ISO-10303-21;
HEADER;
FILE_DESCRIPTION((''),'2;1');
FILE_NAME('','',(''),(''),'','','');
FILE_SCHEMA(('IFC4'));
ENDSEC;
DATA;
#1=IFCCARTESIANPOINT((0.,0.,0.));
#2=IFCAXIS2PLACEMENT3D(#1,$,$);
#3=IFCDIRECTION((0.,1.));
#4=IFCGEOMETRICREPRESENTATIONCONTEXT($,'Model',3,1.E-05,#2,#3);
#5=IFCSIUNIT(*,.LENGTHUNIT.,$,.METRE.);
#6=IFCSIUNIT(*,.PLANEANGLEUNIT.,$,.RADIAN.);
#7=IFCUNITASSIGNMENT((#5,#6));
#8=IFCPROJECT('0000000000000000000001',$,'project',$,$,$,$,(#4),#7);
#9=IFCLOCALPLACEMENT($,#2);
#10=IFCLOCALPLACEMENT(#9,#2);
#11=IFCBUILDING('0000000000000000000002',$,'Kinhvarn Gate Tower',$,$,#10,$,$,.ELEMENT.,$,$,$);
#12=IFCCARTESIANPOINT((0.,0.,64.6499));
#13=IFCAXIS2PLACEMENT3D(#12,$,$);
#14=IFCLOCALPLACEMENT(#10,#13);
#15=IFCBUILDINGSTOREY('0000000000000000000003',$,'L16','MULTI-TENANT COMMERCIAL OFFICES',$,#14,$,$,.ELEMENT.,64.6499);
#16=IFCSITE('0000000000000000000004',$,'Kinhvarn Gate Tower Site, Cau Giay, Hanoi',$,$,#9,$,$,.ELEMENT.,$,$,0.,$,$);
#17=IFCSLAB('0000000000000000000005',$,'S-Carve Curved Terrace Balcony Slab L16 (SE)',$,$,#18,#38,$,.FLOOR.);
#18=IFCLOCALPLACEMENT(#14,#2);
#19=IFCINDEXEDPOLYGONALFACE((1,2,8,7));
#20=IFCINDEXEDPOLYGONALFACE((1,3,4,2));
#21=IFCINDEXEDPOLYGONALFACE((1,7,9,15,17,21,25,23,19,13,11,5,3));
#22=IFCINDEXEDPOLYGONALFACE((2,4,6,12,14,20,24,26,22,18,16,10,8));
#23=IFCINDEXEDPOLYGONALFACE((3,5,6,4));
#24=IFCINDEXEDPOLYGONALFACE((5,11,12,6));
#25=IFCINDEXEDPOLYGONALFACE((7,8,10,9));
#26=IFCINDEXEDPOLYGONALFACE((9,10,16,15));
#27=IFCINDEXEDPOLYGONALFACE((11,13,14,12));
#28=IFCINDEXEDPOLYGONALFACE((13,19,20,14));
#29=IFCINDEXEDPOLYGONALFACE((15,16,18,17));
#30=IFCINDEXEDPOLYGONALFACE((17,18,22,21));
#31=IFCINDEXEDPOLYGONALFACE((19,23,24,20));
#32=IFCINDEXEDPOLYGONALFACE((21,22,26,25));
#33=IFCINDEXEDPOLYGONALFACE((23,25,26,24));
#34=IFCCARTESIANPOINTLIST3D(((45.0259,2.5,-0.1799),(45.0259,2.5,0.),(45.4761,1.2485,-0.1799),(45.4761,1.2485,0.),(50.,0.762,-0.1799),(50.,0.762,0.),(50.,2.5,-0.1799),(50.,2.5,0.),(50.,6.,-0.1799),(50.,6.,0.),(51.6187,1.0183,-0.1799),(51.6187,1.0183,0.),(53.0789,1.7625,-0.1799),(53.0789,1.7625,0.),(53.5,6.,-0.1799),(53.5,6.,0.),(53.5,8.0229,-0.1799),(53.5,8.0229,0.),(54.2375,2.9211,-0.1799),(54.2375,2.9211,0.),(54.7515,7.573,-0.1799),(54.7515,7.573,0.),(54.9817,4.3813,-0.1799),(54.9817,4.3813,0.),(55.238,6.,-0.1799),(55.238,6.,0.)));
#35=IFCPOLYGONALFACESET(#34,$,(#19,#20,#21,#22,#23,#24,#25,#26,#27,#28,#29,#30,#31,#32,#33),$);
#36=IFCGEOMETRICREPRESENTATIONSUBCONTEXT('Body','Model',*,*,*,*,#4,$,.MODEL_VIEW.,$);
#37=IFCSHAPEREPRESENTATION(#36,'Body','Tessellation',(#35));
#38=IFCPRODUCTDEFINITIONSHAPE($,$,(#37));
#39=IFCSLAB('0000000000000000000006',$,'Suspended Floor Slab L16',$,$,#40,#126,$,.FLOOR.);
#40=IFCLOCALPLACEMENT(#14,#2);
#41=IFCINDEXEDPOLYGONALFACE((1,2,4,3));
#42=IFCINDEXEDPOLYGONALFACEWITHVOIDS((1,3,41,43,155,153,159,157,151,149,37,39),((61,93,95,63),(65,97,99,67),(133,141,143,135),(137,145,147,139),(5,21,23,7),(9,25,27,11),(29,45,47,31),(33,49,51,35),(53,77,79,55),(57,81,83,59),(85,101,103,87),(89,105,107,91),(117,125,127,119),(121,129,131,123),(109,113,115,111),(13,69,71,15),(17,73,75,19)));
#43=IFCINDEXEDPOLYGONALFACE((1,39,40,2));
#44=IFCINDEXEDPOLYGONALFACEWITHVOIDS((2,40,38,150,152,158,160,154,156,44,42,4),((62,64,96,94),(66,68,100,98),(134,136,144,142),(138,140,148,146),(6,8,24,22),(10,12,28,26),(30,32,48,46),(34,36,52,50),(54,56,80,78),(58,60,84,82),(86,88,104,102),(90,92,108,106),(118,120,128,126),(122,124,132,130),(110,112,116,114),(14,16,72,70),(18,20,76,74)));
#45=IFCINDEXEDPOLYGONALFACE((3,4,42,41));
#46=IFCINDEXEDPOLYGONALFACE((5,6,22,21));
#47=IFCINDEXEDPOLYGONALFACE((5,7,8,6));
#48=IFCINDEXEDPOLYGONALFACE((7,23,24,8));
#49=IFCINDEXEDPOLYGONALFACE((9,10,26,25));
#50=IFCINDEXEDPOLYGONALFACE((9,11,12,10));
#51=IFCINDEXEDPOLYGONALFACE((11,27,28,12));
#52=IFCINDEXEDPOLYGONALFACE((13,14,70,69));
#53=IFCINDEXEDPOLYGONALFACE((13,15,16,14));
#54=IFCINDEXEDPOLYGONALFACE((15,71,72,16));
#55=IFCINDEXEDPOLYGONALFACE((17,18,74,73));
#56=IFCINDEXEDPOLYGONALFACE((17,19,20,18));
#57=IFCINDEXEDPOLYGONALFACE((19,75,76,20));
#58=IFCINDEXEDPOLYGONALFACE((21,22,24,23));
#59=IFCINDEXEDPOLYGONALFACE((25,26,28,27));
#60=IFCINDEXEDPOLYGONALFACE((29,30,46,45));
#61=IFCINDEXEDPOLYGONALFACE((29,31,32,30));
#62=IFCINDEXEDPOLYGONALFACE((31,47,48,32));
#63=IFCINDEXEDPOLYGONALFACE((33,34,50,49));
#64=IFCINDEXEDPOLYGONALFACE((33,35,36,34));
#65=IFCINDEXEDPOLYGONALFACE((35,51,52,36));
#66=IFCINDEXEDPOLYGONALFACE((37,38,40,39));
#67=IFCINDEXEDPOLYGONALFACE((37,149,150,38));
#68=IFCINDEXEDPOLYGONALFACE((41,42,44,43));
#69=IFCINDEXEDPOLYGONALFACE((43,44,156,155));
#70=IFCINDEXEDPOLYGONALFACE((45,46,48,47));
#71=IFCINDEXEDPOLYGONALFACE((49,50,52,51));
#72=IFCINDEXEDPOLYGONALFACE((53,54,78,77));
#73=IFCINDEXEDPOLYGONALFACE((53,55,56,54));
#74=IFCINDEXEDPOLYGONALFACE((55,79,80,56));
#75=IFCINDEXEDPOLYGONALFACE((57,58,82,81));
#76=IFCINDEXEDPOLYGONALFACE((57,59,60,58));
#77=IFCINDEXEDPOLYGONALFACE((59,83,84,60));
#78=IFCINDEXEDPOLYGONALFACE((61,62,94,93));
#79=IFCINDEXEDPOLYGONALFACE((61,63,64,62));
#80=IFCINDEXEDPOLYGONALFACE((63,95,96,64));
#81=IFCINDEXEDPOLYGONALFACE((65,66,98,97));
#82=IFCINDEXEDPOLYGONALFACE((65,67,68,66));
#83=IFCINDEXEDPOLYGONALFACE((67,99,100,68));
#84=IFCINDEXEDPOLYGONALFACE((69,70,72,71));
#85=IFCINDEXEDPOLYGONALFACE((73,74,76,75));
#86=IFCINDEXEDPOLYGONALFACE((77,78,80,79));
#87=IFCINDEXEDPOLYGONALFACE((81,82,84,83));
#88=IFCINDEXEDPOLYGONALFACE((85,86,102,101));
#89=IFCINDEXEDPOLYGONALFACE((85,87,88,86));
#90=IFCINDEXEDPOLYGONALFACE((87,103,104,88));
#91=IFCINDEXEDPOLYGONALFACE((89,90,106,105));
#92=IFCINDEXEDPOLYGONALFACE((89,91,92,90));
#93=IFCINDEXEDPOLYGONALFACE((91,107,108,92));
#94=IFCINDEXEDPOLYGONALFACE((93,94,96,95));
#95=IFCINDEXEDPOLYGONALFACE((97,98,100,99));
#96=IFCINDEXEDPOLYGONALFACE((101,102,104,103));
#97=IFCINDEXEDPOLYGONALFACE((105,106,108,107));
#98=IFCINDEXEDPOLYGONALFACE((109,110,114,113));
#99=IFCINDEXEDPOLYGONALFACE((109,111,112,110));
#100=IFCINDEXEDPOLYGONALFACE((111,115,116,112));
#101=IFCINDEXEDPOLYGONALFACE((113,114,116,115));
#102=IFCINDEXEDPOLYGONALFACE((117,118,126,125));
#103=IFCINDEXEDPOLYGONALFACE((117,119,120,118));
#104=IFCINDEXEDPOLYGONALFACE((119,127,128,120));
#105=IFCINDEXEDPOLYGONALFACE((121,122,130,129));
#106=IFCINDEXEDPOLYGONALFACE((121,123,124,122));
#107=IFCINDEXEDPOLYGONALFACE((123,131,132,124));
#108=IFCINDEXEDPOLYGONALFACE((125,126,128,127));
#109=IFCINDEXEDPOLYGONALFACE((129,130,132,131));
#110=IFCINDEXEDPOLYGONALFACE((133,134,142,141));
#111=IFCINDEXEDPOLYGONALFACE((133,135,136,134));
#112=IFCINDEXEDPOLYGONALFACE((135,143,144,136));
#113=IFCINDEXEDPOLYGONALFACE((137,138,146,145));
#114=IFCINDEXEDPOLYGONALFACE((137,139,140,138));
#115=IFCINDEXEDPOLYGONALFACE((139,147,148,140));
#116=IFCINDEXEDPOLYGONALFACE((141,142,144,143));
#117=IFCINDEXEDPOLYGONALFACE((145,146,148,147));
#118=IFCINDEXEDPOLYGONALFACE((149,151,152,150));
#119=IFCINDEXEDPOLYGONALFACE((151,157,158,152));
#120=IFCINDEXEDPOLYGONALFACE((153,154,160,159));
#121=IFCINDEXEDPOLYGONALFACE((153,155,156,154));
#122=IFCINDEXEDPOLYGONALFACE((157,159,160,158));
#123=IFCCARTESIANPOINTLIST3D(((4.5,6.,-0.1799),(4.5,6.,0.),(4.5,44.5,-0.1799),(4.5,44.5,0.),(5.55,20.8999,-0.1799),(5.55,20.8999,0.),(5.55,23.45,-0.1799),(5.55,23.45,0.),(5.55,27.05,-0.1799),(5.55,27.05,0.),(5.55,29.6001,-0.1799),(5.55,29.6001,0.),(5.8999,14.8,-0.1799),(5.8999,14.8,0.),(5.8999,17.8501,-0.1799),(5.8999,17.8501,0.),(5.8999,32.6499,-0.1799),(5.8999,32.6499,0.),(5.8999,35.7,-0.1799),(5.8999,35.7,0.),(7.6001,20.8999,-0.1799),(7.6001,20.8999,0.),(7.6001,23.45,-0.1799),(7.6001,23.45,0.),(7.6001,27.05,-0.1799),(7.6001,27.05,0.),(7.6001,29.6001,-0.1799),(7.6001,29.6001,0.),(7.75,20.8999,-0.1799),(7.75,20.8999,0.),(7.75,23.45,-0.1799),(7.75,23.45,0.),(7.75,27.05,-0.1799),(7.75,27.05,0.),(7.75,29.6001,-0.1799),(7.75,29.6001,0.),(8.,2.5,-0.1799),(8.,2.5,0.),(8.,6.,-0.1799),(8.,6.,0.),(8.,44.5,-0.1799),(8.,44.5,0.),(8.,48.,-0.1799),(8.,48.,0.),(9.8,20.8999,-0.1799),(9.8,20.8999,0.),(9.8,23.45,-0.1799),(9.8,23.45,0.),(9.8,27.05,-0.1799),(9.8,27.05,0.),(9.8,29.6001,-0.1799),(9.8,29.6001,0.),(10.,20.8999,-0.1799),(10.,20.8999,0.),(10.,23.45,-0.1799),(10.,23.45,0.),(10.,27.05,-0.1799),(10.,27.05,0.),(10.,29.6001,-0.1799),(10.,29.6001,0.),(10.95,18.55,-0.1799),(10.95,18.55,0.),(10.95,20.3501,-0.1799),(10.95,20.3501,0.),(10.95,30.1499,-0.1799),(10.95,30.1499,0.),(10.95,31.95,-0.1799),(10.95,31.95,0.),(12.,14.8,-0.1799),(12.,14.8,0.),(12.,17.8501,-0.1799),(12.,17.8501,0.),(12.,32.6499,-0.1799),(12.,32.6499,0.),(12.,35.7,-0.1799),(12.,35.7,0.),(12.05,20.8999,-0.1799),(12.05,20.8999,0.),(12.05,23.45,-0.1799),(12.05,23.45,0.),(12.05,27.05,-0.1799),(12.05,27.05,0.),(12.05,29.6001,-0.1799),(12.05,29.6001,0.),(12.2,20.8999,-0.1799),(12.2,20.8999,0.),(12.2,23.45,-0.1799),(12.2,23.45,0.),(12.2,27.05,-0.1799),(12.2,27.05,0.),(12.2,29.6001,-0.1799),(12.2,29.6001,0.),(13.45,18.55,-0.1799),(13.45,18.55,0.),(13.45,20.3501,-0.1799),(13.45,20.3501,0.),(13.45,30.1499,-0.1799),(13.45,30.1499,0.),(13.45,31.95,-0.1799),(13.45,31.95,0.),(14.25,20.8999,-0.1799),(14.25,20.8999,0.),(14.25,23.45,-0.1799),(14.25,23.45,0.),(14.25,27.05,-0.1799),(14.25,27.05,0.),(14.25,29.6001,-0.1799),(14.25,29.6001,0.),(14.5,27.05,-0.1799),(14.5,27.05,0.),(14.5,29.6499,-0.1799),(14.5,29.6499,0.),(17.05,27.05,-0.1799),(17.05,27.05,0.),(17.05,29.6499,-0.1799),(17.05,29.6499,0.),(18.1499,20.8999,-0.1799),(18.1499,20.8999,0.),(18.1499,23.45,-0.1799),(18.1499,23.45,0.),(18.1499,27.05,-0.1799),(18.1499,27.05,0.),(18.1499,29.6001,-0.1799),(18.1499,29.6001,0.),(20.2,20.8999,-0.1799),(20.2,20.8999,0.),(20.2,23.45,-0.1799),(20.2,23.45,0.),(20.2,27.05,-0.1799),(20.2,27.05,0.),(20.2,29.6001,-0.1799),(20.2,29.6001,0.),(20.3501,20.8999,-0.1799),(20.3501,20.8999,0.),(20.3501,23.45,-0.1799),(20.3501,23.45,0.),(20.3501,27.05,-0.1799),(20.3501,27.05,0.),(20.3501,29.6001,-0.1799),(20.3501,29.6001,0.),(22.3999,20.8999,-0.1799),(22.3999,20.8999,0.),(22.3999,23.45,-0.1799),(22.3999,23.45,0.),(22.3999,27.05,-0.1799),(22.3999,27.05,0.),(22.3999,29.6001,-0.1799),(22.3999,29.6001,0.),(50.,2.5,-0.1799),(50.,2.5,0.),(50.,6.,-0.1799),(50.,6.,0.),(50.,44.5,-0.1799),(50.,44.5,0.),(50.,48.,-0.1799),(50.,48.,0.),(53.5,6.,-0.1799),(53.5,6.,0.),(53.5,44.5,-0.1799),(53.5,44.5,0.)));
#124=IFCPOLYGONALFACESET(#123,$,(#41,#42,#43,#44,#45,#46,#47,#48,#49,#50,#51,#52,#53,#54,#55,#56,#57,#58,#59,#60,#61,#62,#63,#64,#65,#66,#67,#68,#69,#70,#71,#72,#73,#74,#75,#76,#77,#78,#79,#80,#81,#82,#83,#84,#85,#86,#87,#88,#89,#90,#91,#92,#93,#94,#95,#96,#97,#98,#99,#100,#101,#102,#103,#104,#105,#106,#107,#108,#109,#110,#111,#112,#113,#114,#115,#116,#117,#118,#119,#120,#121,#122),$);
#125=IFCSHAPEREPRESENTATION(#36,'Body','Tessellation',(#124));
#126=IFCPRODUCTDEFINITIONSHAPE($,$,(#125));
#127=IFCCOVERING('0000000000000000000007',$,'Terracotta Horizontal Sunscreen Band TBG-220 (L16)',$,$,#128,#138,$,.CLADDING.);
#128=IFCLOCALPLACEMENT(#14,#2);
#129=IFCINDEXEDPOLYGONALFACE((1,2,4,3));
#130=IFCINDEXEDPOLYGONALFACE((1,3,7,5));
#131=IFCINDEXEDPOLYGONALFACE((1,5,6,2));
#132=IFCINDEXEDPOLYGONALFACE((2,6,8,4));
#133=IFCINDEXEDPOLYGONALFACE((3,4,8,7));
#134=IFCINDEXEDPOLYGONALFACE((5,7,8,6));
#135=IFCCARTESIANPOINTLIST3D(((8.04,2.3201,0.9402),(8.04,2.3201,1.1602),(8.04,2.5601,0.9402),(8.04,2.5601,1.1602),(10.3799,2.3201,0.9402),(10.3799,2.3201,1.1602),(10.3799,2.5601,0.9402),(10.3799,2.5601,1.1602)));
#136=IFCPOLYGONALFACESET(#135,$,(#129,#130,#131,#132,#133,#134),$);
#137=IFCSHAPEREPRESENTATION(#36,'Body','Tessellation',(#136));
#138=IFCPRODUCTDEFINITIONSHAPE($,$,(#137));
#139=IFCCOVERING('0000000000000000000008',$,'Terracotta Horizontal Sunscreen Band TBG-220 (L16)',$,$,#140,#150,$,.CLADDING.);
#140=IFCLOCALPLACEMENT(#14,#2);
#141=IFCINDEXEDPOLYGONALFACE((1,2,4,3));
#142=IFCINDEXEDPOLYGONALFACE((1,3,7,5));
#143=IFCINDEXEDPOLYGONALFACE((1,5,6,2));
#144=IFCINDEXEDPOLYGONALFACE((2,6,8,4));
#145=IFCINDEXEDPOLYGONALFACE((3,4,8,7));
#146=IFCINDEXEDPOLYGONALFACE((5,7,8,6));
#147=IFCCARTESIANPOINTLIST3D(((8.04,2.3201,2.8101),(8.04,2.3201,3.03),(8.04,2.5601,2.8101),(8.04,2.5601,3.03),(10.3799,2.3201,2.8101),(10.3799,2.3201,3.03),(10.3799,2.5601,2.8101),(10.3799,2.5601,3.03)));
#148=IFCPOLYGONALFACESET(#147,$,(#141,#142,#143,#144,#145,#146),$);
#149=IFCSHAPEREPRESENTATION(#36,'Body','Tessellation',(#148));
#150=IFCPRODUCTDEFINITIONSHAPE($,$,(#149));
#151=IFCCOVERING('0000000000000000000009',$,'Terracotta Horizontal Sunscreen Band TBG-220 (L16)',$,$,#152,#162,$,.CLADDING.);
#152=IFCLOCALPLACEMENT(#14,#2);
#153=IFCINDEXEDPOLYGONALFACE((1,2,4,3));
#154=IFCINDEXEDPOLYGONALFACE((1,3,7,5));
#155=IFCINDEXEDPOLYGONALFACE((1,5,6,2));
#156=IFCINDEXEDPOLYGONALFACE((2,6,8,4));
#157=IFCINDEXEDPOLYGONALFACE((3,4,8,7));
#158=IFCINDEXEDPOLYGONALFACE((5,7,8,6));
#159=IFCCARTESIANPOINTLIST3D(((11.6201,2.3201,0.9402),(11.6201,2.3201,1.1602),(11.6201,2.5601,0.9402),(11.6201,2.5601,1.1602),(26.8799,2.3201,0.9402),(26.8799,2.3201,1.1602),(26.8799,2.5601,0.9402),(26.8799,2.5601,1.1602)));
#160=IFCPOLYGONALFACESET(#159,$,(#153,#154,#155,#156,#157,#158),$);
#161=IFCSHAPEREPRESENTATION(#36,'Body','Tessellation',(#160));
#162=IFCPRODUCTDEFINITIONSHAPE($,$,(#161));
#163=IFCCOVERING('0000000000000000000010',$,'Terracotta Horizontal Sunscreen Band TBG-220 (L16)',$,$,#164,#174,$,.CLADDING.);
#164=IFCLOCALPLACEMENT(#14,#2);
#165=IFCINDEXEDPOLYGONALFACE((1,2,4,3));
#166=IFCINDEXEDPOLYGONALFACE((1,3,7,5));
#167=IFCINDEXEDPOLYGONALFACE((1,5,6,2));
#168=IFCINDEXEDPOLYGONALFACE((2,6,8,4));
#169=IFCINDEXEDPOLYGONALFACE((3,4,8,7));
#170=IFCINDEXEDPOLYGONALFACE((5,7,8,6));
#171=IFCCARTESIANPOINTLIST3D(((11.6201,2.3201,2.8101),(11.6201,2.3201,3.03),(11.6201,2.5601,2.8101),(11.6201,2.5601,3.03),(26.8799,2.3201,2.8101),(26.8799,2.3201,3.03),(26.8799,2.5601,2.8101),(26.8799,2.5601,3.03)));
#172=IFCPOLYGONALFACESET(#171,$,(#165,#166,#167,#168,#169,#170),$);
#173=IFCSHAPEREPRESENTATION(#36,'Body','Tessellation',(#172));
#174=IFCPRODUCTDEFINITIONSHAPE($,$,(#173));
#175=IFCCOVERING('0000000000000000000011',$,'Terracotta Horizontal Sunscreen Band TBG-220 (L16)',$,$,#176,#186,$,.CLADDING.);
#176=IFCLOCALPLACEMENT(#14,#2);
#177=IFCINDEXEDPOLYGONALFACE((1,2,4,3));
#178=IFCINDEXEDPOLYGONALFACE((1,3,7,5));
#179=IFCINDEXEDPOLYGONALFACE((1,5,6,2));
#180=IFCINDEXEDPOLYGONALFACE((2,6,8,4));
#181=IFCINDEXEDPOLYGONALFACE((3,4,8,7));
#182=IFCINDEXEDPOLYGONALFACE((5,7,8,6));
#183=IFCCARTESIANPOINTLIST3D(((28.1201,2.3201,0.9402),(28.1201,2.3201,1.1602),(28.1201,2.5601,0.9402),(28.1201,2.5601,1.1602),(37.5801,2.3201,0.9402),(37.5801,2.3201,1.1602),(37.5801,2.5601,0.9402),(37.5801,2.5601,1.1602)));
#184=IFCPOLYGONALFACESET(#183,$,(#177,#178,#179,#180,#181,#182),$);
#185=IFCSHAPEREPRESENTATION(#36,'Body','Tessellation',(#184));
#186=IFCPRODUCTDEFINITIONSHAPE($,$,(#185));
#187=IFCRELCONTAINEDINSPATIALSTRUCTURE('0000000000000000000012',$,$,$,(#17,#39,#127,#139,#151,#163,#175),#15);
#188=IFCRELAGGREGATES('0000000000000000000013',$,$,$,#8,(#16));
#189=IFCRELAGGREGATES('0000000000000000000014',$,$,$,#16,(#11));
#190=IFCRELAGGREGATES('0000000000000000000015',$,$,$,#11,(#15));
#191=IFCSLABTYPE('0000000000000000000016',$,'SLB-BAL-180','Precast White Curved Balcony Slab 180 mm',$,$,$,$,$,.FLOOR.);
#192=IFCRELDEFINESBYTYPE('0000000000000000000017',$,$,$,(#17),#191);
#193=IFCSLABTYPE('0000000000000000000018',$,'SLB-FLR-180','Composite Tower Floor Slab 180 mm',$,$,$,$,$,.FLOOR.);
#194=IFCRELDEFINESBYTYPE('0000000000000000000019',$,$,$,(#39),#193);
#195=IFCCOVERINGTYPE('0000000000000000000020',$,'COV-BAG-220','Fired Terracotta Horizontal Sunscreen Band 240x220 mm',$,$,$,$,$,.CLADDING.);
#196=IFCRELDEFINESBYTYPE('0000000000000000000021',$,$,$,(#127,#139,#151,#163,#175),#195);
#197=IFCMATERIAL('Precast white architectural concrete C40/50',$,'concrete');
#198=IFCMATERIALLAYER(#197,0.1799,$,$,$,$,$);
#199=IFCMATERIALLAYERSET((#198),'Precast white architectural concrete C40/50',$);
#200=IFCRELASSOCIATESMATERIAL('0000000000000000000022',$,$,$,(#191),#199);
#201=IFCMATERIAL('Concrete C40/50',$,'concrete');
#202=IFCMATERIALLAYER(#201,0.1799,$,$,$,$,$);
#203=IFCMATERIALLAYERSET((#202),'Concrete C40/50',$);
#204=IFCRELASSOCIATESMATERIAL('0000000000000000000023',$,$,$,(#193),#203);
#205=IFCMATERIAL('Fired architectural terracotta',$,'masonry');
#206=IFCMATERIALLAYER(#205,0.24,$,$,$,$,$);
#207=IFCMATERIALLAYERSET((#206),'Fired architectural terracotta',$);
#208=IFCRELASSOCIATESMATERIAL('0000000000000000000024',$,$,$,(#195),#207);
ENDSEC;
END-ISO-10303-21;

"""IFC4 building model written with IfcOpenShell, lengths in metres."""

from ifc_helpers import new_model, si_unit, direction, frame, origin, place, context, subcontext, project, spatial, polyline, outline, extrude, material, layer, layer_set, type_object, element, save


model = new_model("IFC4")

# Units and contexts
model_context = context("Model", 3, precision=1e-05, world=origin(), true_north=direction((0.0, 1.0)))
body_context = subcontext(model_context, "Body", "Model", "MODEL_VIEW")
ifc_project = project(units=[si_unit("LENGTHUNIT", "METRE"), si_unit("PLANEANGLEUNIT", "RADIAN")], contexts=[model_context])

# Site, building, storey
site_placement = place(None, origin())
site = spatial("IfcSite", under=ifc_project, at=site_placement, Name="Kinhvarn Gate Tower Site, Cau Giay, Hanoi", CompositionType="ELEMENT", RefElevation=0.0)
building_placement = place(site_placement, origin())
building = spatial("IfcBuilding", under=site, at=building_placement, Name="Kinhvarn Gate Tower", CompositionType="ELEMENT")
storey_placement = place(building_placement, frame((0.0, 0.0, 64.6499)))
storey = spatial("IfcBuildingStorey", under=building, at=storey_placement, Name="L16", Description="MULTI-TENANT COMMERCIAL OFFICES", CompositionType="ELEMENT", Elevation=64.6499)

# Slabs
ifc_material_1 = material(Name="Precast white architectural concrete C40/50", Category="concrete")
ifc_layer_1 = layer(ifc_material_1, 0.1799)
ifc_layer_set_1 = layer_set([ifc_layer_1], Name="Precast white architectural concrete C40/50")
slab_type_1 = type_object("IfcSlabType", Name="SLB-BAL-180", Description="Precast White Curved Balcony Slab 180 mm", PredefinedType="FLOOR", material=ifc_layer_set_1)
slab_1_placement = place(storey_placement, frame((0.0, 0.0, -0.1799)))
element("IfcSlab", 1, at=slab_1_placement, inside=storey, type_object=slab_type_1, Name="S-Carve Curved Terrace Balcony Slab L16 (SE)", PredefinedType="FLOOR", context=body_context, shape_type="SweptSolid", body=[
    extrude(outline(polyline([(45.0259, 2.5), (45.4761, 1.2485), (50.0, 0.762), (51.6187, 1.0183), (53.0789, 1.7625), (54.2375, 2.9211), (54.9817, 4.3813), (55.238, 6.0), (54.7515, 7.573), (53.5, 8.0229), (53.5, 6.0), (50.0, 6.0), (50.0, 2.5), (45.0259, 2.5)])), origin(), (0.0, 0.0, 1.0), 0.1799),
])
ifc_material_2 = material(Name="Concrete C40/50", Category="concrete")
ifc_layer_2 = layer(ifc_material_2, 0.1799)
ifc_layer_set_2 = layer_set([ifc_layer_2], Name="Concrete C40/50")
slab_type_2 = type_object("IfcSlabType", Name="SLB-FLR-180", Description="Composite Tower Floor Slab 180 mm", PredefinedType="FLOOR", material=ifc_layer_set_2)
slab_2_placement = place(storey_placement, frame((0.0, 0.0, -0.1799)))
element("IfcSlab", 2, at=slab_2_placement, inside=storey, type_object=slab_type_2, Name="Suspended Floor Slab L16", PredefinedType="FLOOR", context=body_context, shape_type="SweptSolid", body=[
    extrude(outline(polyline([(8.0, 2.5), (50.0, 2.5), (50.0, 6.0), (53.5, 6.0), (53.5, 44.5), (50.0, 44.5), (50.0, 48.0), (8.0, 48.0), (8.0, 44.5), (4.5, 44.5), (4.5, 6.0), (8.0, 6.0), (8.0, 2.5)]), holes=[polyline([(5.8999, 14.8), (12.0, 14.8), (12.0, 17.8501), (5.8999, 17.8501), (5.8999, 14.8)]), polyline([(5.8999, 32.6499), (12.0, 32.6499), (12.0, 35.7), (5.8999, 35.7), (5.8999, 32.6499)]), polyline([(18.1499, 20.8999), (20.2, 20.8999), (20.2, 23.45), (18.1499, 23.45), (18.1499, 20.8999)]), polyline([(20.3501, 20.8999), (22.3999, 20.8999), (22.3999, 23.45), (20.3501, 23.45), (20.3501, 20.8999)]), polyline([(18.1499, 27.05), (20.2, 27.05), (20.2, 29.6001), (18.1499, 29.6001), (18.1499, 27.05)]), polyline([(20.3501, 27.05), (22.3999, 27.05), (22.3999, 29.6001), (20.3501, 29.6001), (20.3501, 27.05)]), polyline([(5.55, 20.8999), (7.6001, 20.8999), (7.6001, 23.45), (5.55, 23.45), (5.55, 20.8999)]), polyline([(7.75, 20.8999), (9.8, 20.8999), (9.8, 23.45), (7.75, 23.45), (7.75, 20.8999)]), polyline([(5.55, 27.05), (7.6001, 27.05), (7.6001, 29.6001), (5.55, 29.6001), (5.55, 27.05)]), polyline([(7.75, 27.05), (9.8, 27.05), (9.8, 29.6001), (7.75, 29.6001), (7.75, 27.05)]), polyline([(10.0, 20.8999), (12.05, 20.8999), (12.05, 23.45), (10.0, 23.45), (10.0, 20.8999)]), polyline([(12.2, 20.8999), (14.25, 20.8999), (14.25, 23.45), (12.2, 23.45), (12.2, 20.8999)]), polyline([(10.0, 27.05), (12.05, 27.05), (12.05, 29.6001), (10.0, 29.6001), (10.0, 27.05)]), polyline([(12.2, 27.05), (14.25, 27.05), (14.25, 29.6001), (12.2, 29.6001), (12.2, 27.05)]), polyline([(14.5, 27.05), (17.05, 27.05), (17.05, 29.6499), (14.5, 29.6499), (14.5, 27.05)]), polyline([(10.95, 18.55), (13.45, 18.55), (13.45, 20.3501), (10.95, 20.3501), (10.95, 18.55)]), polyline([(10.95, 30.1499), (13.45, 30.1499), (13.45, 31.95), (10.95, 31.95), (10.95, 30.1499)])]), origin(), (0.0, 0.0, 1.0), 0.1799),
])

# Coverings
ifc_material_3 = material(Name="Fired architectural terracotta", Category="masonry")
ifc_layer_3 = layer(ifc_material_3, 0.24)
ifc_layer_set_3 = layer_set([ifc_layer_3], Name="Fired architectural terracotta")
covering_type_1 = type_object("IfcCoveringType", Name="COV-BAG-220", Description="Fired Terracotta Horizontal Sunscreen Band 240x220 mm", PredefinedType="CLADDING", material=ifc_layer_set_3)
for number, where, name in (
    (3, (0.0, 0.0, 0.9402), "Terracotta Horizontal Sunscreen Band TBG-220 (L16)"),
    (4, (0.0, 0.0, 2.8101), "Terracotta Horizontal Sunscreen Band TBG-220 (L16)"),
):
    element("IfcCovering", number, at=place(storey_placement, frame(where)), inside=storey, type_object=covering_type_1, Name=name, PredefinedType="CLADDING", context=body_context, shape_type="SweptSolid", body=[
        extrude(outline(polyline([(8.04, 2.5601), (10.3799, 2.5601), (10.3799, 2.3201), (8.04, 2.3201), (8.04, 2.5601)])), origin(), (0.0, 0.0, 1.0), 0.22),
    ])
for number, where, name in (
    (5, (0.0, 0.0, 0.9402), "Terracotta Horizontal Sunscreen Band TBG-220 (L16)"),
    (6, (0.0, 0.0, 2.8101), "Terracotta Horizontal Sunscreen Band TBG-220 (L16)"),
):
    element("IfcCovering", number, at=place(storey_placement, frame(where)), inside=storey, type_object=covering_type_1, Name=name, PredefinedType="CLADDING", context=body_context, shape_type="SweptSolid", body=[
        extrude(outline(polyline([(11.6201, 2.5601), (26.8799, 2.5601), (26.8799, 2.3201), (11.6201, 2.3201), (11.6201, 2.5601)])), origin(), (0.0, 0.0, 1.0), 0.22),
    ])
for number, where, name in (
    (7, (0.0, 0.0, 0.9402), "Terracotta Horizontal Sunscreen Band TBG-220 (L16)"),
):
    element("IfcCovering", number, at=place(storey_placement, frame(where)), inside=storey, type_object=covering_type_1, Name=name, PredefinedType="CLADDING", context=body_context, shape_type="SweptSolid", body=[
        extrude(outline(polyline([(28.1201, 2.5601), (37.5801, 2.5601), (37.5801, 2.3201), (28.1201, 2.3201), (28.1201, 2.5601)])), origin(), (0.0, 0.0, 1.0), 0.22),
    ])

save(model, "model.ifc")
